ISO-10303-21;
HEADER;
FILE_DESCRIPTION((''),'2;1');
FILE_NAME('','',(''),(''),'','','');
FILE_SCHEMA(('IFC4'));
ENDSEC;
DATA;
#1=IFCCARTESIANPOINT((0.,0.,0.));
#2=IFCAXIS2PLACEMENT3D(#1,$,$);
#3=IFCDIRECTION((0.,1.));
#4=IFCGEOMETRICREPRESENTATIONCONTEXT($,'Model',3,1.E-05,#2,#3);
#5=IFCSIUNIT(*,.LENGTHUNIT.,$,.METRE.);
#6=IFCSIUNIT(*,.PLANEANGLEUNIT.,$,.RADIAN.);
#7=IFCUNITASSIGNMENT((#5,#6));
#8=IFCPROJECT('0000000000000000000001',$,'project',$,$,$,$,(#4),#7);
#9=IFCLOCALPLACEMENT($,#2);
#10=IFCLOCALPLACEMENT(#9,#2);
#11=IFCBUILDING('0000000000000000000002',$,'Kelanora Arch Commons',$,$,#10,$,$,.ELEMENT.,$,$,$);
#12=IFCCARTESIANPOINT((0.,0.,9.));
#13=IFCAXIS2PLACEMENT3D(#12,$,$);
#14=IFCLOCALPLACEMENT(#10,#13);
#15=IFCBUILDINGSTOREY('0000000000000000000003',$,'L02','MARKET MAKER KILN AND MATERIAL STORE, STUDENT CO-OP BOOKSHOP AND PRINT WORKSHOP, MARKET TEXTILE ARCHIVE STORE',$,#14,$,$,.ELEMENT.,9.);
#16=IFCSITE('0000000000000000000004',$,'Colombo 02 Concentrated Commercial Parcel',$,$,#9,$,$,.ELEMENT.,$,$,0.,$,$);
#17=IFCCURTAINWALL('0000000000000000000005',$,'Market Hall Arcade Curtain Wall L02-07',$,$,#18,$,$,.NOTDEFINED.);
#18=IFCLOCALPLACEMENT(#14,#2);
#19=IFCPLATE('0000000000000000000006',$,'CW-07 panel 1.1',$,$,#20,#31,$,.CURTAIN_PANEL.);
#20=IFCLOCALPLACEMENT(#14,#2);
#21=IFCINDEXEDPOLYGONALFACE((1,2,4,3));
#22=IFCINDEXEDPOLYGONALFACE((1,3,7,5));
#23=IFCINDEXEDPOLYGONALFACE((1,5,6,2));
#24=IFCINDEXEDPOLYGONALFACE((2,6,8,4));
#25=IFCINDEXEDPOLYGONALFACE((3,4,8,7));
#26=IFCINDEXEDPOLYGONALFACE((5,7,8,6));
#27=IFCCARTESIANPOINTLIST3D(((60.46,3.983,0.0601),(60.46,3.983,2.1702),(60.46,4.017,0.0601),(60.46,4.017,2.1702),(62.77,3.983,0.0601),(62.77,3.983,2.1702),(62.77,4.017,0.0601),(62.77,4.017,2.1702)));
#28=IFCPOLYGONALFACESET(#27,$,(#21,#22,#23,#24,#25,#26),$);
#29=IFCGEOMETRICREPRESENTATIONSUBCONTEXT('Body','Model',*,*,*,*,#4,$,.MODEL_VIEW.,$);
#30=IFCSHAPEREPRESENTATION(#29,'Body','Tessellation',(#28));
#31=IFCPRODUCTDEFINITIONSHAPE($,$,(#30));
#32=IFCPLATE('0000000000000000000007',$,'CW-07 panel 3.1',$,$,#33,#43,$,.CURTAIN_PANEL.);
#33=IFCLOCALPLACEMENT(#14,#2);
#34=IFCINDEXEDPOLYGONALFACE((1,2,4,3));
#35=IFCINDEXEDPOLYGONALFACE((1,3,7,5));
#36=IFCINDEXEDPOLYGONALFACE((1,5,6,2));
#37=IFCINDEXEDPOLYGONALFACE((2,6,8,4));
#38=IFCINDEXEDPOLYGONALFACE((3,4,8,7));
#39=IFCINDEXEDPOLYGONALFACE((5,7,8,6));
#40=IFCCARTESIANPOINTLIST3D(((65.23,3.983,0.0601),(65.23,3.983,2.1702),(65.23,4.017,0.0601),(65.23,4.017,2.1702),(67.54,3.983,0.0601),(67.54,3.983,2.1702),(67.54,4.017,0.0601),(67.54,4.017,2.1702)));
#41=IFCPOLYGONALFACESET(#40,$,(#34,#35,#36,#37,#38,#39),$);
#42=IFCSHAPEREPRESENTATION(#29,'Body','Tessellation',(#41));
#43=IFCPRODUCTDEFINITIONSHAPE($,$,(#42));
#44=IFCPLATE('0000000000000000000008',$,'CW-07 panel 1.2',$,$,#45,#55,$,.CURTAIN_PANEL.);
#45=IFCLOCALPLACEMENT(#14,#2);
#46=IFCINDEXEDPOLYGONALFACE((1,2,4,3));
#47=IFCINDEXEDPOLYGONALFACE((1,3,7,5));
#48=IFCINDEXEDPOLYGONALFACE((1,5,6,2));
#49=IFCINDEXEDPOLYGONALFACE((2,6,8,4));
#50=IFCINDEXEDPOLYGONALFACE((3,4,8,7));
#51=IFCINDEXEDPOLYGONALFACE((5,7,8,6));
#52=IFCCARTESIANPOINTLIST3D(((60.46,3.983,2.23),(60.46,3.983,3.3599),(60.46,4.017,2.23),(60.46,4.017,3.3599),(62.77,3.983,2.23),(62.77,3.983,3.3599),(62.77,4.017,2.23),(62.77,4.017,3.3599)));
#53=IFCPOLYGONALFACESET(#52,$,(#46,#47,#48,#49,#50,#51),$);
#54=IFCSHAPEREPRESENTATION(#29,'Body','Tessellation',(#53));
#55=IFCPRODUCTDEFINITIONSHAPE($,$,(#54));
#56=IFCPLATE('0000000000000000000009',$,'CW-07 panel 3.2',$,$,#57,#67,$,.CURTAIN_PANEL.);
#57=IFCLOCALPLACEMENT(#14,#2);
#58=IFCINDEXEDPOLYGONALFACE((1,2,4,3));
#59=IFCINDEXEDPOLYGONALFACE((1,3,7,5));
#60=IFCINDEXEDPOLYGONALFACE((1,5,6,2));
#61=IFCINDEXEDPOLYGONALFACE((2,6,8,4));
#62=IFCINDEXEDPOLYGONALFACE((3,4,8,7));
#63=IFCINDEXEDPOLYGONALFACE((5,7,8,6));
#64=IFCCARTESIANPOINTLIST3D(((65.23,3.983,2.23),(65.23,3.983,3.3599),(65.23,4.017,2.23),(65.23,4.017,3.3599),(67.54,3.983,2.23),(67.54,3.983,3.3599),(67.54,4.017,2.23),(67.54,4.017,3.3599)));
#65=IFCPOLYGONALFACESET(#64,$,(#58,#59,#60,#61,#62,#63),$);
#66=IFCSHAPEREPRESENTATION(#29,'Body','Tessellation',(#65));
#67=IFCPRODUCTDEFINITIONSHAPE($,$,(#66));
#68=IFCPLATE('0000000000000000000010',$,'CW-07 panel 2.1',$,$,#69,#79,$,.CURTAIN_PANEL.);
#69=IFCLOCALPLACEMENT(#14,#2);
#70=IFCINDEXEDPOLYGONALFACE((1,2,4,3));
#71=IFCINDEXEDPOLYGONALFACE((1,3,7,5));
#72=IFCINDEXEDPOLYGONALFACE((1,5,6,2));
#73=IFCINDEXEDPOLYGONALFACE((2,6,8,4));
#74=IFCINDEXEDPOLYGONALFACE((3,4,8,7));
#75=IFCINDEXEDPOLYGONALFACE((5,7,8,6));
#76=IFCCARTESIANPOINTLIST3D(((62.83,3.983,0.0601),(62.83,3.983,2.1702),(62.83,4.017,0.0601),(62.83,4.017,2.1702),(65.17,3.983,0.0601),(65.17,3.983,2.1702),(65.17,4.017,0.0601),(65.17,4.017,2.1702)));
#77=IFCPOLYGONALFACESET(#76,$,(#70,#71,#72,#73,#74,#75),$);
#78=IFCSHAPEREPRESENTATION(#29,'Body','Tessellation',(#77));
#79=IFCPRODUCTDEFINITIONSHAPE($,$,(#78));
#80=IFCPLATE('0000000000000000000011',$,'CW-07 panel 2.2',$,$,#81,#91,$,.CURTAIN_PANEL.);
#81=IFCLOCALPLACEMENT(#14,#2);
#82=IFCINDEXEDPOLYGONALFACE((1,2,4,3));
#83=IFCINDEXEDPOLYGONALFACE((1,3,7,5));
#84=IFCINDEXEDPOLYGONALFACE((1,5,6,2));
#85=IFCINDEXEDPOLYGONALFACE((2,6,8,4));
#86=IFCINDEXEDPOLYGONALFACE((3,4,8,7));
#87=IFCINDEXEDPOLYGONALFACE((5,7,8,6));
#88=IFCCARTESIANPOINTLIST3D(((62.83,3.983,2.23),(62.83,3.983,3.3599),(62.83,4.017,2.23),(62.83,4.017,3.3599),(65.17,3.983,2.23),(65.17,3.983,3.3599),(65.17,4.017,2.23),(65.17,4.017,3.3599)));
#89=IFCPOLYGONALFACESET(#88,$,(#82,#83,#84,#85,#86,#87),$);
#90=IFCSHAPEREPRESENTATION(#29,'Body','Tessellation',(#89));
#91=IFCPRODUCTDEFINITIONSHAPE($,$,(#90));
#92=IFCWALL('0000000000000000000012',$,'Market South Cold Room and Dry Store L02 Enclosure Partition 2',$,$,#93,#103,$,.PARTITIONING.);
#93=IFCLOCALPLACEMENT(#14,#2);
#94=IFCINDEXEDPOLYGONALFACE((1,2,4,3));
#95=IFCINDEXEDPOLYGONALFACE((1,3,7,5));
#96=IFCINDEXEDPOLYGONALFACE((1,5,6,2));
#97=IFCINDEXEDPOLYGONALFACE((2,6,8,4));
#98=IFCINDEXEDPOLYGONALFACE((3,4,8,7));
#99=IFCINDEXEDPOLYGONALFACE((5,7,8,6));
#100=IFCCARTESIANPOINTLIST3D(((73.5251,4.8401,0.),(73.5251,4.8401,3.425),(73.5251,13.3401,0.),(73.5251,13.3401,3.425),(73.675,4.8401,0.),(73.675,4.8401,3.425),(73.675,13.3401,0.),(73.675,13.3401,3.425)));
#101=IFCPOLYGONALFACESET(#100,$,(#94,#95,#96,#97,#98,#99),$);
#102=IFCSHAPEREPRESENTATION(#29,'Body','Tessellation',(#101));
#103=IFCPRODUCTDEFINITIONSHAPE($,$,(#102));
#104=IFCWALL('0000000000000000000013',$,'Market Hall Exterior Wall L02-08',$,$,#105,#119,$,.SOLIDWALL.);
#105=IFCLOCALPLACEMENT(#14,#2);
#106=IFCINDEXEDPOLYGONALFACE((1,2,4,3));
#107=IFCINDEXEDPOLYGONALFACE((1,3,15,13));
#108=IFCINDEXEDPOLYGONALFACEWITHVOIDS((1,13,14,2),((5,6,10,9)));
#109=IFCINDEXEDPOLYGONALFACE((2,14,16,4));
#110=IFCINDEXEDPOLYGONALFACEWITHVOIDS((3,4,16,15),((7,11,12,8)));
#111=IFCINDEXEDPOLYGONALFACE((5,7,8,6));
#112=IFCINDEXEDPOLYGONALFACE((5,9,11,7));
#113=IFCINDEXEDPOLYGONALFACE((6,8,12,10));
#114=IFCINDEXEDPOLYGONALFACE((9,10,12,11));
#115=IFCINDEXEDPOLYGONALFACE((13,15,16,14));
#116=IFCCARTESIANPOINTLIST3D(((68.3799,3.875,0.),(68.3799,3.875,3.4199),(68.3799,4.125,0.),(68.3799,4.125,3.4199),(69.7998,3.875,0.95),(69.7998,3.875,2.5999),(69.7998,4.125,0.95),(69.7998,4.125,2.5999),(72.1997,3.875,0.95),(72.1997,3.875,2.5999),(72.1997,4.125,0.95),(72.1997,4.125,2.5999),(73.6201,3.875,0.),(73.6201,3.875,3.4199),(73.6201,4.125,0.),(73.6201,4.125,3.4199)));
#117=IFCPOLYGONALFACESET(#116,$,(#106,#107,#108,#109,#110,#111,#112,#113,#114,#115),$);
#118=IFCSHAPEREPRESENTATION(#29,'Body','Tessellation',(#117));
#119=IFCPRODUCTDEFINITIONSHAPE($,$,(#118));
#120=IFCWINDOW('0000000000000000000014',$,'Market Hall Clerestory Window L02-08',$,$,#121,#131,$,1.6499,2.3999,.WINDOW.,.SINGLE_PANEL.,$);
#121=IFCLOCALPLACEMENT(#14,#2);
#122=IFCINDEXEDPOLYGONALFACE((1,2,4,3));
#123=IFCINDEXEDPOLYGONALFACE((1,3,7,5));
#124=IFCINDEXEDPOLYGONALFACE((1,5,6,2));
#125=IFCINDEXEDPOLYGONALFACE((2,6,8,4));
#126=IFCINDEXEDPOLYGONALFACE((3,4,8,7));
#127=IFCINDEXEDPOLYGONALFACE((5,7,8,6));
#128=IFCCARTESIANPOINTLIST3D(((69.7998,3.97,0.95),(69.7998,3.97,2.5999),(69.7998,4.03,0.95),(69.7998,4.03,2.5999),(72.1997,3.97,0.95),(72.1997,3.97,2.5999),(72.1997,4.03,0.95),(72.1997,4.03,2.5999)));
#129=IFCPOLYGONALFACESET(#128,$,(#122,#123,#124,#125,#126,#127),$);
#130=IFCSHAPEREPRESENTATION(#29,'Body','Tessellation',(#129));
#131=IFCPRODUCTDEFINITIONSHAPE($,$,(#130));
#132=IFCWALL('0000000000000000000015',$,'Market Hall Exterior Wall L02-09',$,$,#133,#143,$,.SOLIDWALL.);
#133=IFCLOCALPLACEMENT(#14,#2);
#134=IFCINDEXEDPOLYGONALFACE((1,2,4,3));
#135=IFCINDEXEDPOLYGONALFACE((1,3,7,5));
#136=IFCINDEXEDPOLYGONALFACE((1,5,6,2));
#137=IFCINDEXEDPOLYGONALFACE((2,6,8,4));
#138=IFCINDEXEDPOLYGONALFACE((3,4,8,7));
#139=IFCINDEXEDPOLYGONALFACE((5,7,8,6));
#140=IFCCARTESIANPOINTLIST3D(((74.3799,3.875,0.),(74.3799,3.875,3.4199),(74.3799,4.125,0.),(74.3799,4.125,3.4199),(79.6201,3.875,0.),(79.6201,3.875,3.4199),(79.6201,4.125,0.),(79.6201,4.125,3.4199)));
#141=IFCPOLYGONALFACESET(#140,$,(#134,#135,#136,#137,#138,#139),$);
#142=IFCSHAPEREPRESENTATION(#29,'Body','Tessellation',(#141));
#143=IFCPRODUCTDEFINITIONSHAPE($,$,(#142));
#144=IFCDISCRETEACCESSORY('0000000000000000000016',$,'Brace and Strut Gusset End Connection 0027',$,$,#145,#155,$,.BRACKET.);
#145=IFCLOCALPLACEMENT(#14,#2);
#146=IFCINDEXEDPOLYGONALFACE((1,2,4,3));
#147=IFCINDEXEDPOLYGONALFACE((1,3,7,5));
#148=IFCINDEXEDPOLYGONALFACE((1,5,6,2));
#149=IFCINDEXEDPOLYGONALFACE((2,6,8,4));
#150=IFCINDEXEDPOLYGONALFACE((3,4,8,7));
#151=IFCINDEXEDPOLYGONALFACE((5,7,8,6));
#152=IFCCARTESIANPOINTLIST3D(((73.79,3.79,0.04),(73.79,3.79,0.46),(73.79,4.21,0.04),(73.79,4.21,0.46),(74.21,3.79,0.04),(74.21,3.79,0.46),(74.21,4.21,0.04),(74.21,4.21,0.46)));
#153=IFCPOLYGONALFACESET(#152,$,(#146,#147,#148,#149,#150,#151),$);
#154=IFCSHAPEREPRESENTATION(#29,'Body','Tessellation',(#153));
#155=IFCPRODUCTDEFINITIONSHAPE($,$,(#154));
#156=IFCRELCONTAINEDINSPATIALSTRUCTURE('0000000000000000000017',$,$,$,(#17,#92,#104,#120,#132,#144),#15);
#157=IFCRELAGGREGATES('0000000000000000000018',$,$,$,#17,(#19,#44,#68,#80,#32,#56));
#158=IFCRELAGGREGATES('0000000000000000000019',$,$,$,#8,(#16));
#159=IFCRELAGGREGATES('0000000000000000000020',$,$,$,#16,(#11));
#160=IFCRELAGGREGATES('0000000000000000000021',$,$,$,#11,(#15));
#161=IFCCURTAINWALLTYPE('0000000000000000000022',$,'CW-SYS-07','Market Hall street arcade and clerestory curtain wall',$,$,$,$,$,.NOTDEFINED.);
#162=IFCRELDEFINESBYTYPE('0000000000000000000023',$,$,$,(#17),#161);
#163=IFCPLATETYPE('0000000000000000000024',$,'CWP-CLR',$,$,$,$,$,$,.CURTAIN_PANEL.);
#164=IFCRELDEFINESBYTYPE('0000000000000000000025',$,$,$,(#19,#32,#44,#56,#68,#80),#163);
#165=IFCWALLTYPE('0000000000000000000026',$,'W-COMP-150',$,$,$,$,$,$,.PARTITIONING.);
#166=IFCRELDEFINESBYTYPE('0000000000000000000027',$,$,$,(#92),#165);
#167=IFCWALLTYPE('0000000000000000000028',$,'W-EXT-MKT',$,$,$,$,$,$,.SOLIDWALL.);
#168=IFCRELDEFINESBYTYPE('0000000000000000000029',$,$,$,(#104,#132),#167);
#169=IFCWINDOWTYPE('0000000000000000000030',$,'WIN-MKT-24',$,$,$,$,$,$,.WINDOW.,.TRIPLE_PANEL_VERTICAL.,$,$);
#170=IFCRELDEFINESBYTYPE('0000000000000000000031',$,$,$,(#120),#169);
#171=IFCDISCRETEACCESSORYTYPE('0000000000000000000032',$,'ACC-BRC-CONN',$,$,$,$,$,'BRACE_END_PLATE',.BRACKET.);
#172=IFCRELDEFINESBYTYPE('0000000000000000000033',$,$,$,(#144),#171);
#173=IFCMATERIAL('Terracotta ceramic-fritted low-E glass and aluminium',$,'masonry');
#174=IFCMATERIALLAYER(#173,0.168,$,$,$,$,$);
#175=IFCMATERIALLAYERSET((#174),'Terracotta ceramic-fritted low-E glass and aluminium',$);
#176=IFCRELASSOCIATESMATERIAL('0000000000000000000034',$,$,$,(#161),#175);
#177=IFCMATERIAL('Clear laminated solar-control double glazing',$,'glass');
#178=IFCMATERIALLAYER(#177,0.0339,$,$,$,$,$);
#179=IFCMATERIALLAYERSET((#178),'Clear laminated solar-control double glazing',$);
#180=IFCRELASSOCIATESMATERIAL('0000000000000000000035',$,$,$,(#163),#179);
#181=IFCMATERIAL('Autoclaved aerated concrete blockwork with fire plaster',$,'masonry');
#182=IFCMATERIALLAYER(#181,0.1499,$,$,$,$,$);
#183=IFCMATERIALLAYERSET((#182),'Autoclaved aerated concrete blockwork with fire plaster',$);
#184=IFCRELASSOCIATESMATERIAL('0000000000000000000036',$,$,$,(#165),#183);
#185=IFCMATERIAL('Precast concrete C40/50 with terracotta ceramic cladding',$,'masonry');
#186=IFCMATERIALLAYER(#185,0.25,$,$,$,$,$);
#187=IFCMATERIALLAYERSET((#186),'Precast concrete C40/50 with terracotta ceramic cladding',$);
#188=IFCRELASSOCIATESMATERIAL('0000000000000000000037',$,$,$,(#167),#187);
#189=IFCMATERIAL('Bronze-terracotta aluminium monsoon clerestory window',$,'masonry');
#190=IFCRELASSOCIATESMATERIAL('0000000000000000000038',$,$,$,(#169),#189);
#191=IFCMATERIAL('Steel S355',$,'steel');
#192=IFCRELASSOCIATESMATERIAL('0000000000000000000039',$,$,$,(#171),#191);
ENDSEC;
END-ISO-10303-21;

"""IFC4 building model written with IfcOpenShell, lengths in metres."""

from ifc_helpers import new_model, si_unit, direction, frame, frame_2d, origin, origin_2d, place, context, subcontext, project, spatial, rectangle, extrude, source, transform, mapped, material, layer, layer_set, type_object, element, fill, aggregate, save


model = new_model("IFC4")

# Units and contexts
model_context = context("Model", 3, precision=1e-05, world=origin(), true_north=direction((0.0, 1.0)))
body_context = subcontext(model_context, "Body", "Model", "MODEL_VIEW")
ifc_project = project(units=[si_unit("LENGTHUNIT", "METRE"), si_unit("PLANEANGLEUNIT", "RADIAN")], contexts=[model_context])

# Site, building, storey
site_placement = place(None, origin())
site = spatial("IfcSite", under=ifc_project, at=site_placement, Name="Colombo 02 Concentrated Commercial Parcel", CompositionType="ELEMENT", RefElevation=0.0)
building_placement = place(site_placement, origin())
building = spatial("IfcBuilding", under=site, at=building_placement, Name="Kelanora Arch Commons", CompositionType="ELEMENT")
storey_placement = place(building_placement, frame((0.0, 0.0, 9.0)))
storey = spatial("IfcBuildingStorey", under=building, at=storey_placement, Name="L02", Description="MARKET MAKER KILN AND MATERIAL STORE, STUDENT CO-OP BOOKSHOP AND PRINT WORKSHOP, MARKET TEXTILE ARCHIVE STORE", CompositionType="ELEMENT", Elevation=9.0)

# Curtain wall
ifc_material_1 = material(Name="Terracotta ceramic-fritted low-E glass and aluminium", Category="masonry")
ifc_layer_1 = layer(ifc_material_1, 0.168)
ifc_layer_set_1 = layer_set([ifc_layer_1], Name="Terracotta ceramic-fritted low-E glass and aluminium")
curtain_wall_type = type_object("IfcCurtainWallType", Name="CW-SYS-07", Description="Market Hall street arcade and clerestory curtain wall", PredefinedType="NOTDEFINED", material=ifc_layer_set_1)
curtain_wall_placement = place(storey_placement, origin())
curtain_wall = element("IfcCurtainWall", 1, at=curtain_wall_placement, inside=storey, type_object=curtain_wall_type, Name="Market Hall Arcade Curtain Wall L02-07", PredefinedType="NOTDEFINED")

# Shared definitions
ifc_material_2 = material(Name="Steel S355", Category="steel")

# Plates
ifc_material_3 = material(Name="Clear laminated solar-control double glazing", Category="glass")
ifc_layer_2 = layer(ifc_material_3, 0.0339)
ifc_layer_set_2 = layer_set([ifc_layer_2], Name="Clear laminated solar-control double glazing")
plate_type = type_object("IfcPlateType", Name="CWP-CLR", PredefinedType="CURTAIN_PANEL", material=ifc_layer_set_2)
shared_shape_1 = source(origin(), body_context, "Body", "SweptSolid", [
    extrude(rectangle(XDim=2.3101, YDim=0.0339, at=origin_2d()), origin(), (0.0, 0.0, 1.0), 2.1101),
])
plate_1_placement = place(storey_placement, frame((61.615, 4.0, 0.0601), z_axis=(0.0, 0.0, 1.0), x_axis=(1.0, 0.0, 0.0)))
plate_1 = element("IfcPlate", 2, at=plate_1_placement, type_object=plate_type, Name="CW-07 panel 1.1", PredefinedType="CURTAIN_PANEL", context=body_context, shape_type="MappedRepresentation", body=[
    mapped(shared_shape_1, transform((0.0, 0.0, 0.0), scale=1.0)),
])
plate_2_placement = place(storey_placement, frame((66.385, 4.0, 0.0601), z_axis=(0.0, 0.0, 1.0), x_axis=(1.0, 0.0, 0.0)))
plate_2 = element("IfcPlate", 3, at=plate_2_placement, type_object=plate_type, Name="CW-07 panel 3.1", PredefinedType="CURTAIN_PANEL", context=body_context, shape_type="MappedRepresentation", body=[
    mapped(shared_shape_1, transform((0.0, 0.0, 0.0), scale=1.0)),
])
shared_shape_2 = source(origin(), body_context, "Body", "SweptSolid", [
    extrude(rectangle(XDim=2.3101, YDim=0.0339, at=origin_2d()), origin(), (0.0, 0.0, 1.0), 1.1299),
])
plate_3_placement = place(storey_placement, frame((61.615, 4.0, 2.23), z_axis=(0.0, 0.0, 1.0), x_axis=(1.0, 0.0, 0.0)))
plate_3 = element("IfcPlate", 4, at=plate_3_placement, type_object=plate_type, Name="CW-07 panel 1.2", PredefinedType="CURTAIN_PANEL", context=body_context, shape_type="MappedRepresentation", body=[
    mapped(shared_shape_2, transform((0.0, 0.0, 0.0), scale=1.0)),
])
plate_4_placement = place(storey_placement, frame((66.385, 4.0, 2.23), z_axis=(0.0, 0.0, 1.0), x_axis=(1.0, 0.0, 0.0)))
plate_4 = element("IfcPlate", 5, at=plate_4_placement, type_object=plate_type, Name="CW-07 panel 3.2", PredefinedType="CURTAIN_PANEL", context=body_context, shape_type="MappedRepresentation", body=[
    mapped(shared_shape_2, transform((0.0, 0.0, 0.0), scale=1.0)),
])
shared_shape_3 = source(origin(), body_context, "Body", "SweptSolid", [
    extrude(rectangle(XDim=2.3401, YDim=0.0339, at=origin_2d()), origin(), (0.0, 0.0, 1.0), 2.1101),
])
plate_5_placement = place(storey_placement, frame((64.0, 4.0, 0.0601), z_axis=(0.0, 0.0, 1.0), x_axis=(1.0, 0.0, 0.0)))
plate_5 = element("IfcPlate", 6, at=plate_5_placement, type_object=plate_type, Name="CW-07 panel 2.1", PredefinedType="CURTAIN_PANEL", context=body_context, shape_type="MappedRepresentation", body=[
    mapped(shared_shape_3, transform((0.0, 0.0, 0.0), scale=1.0)),
])
shared_shape_4 = source(origin(), body_context, "Body", "SweptSolid", [
    extrude(rectangle(XDim=2.3401, YDim=0.0339, at=origin_2d()), origin(), (0.0, 0.0, 1.0), 1.1299),
])
plate_6_placement = place(storey_placement, frame((64.0, 4.0, 2.23), z_axis=(0.0, 0.0, 1.0), x_axis=(1.0, 0.0, 0.0)))
plate_6 = element("IfcPlate", 7, at=plate_6_placement, type_object=plate_type, Name="CW-07 panel 2.2", PredefinedType="CURTAIN_PANEL", context=body_context, shape_type="MappedRepresentation", body=[
    mapped(shared_shape_4, transform((0.0, 0.0, 0.0), scale=1.0)),
])
aggregate(curtain_wall, [plate_1, plate_3, plate_5, plate_6, plate_2, plate_4])

# Wall
ifc_material_4 = material(Name="Autoclaved aerated concrete blockwork with fire plaster", Category="masonry")
ifc_layer_3 = layer(ifc_material_4, 0.1499)
ifc_layer_set_3 = layer_set([ifc_layer_3], Name="Autoclaved aerated concrete blockwork with fire plaster")
wall_type_1 = type_object("IfcWallType", Name="W-COMP-150", PredefinedType="PARTITIONING", material=ifc_layer_set_3)
wall_1_placement = place(storey_placement, frame((73.6001, 4.8401, 0.0), z_axis=(0.0, 0.0, 1.0), x_axis=(0.0, 1.0, 0.0)))
element("IfcWall", 8, at=wall_1_placement, inside=storey, type_object=wall_type_1, Name="Market South Cold Room and Dry Store L02 Enclosure Partition 2", PredefinedType="PARTITIONING", context=body_context, shape_type="SweptSolid", body=[
    extrude(rectangle(XDim=8.5, YDim=0.1499, at=frame_2d((4.25, 0.0))), origin(), (0.0, 0.0, 1.0), 3.425),
])

# Wall, opening, window
ifc_material_5 = material(Name="Precast concrete C40/50 with terracotta ceramic cladding", Category="masonry")
ifc_layer_4 = layer(ifc_material_5, 0.25)
ifc_layer_set_4 = layer_set([ifc_layer_4], Name="Precast concrete C40/50 with terracotta ceramic cladding")
wall_type_2 = type_object("IfcWallType", Name="W-EXT-MKT", PredefinedType="SOLIDWALL", material=ifc_layer_set_4)
wall_2_placement = place(storey_placement, frame((68.3799, 4.0, 0.0), z_axis=(0.0, 0.0, 1.0), x_axis=(1.0, 0.0, 0.0)))
wall_2 = element("IfcWall", 9, at=wall_2_placement, inside=storey, type_object=wall_type_2, Name="Market Hall Exterior Wall L02-08", PredefinedType="SOLIDWALL", context=body_context, shape_type="SweptSolid", body=[
    extrude(rectangle(XDim=5.2402, YDim=0.25, at=frame_2d((2.6201, 0.0))), origin(), (0.0, 0.0, 1.0), 3.4199),
])
opening_placement = place(wall_2_placement, frame((1.4199, 0.0, 0.95)))
opening = element("IfcOpeningElement", 10, at=opening_placement, cuts=wall_2, PredefinedType="OPENING", context=body_context, shape_type="SweptSolid", body=[
    extrude(rectangle(XDim=2.3999, YDim=1.6499, at=frame_2d((1.2, 0.825))), frame((0.0, 0.135, 0.0), z_axis=(0.0, -1.0, 0.0), x_axis=(1.0, 0.0, 0.0)), (0.0, 0.0, 1.0), 0.27),
])
ifc_material_6 = material(Name="Bronze-terracotta aluminium monsoon clerestory window", Category="masonry")
window_type = type_object("IfcWindowType", Name="WIN-MKT-24", PartitioningType="TRIPLE_PANEL_VERTICAL", PredefinedType="WINDOW", material=ifc_material_6)
window_placement = place(opening_placement, origin())
window = element("IfcWindow", 11, at=window_placement, inside=storey, type_object=window_type, Name="Market Hall Clerestory Window L02-08", OverallHeight=1.6499, OverallWidth=2.3999, PartitioningType="SINGLE_PANEL", PredefinedType="WINDOW", context=body_context, shape_type="SweptSolid", body=[
    extrude(rectangle(XDim=2.3999, YDim=1.6499, at=frame_2d((1.2, 0.825))), frame((0.0, 0.03, 0.0), z_axis=(0.0, -1.0, 0.0), x_axis=(1.0, 0.0, 0.0)), (0.0, 0.0, 1.0), 0.0601),
])
fill(opening, window)

# Wall
wall_3_placement = place(storey_placement, frame((74.3799, 4.0, 0.0), z_axis=(0.0, 0.0, 1.0), x_axis=(1.0, 0.0, 0.0)))
element("IfcWall", 12, at=wall_3_placement, inside=storey, type_object=wall_type_2, Name="Market Hall Exterior Wall L02-09", PredefinedType="SOLIDWALL", context=body_context, shape_type="SweptSolid", body=[
    extrude(rectangle(XDim=5.2402, YDim=0.25, at=frame_2d((2.6201, 0.0))), origin(), (0.0, 0.0, 1.0), 3.4199),
])

# Discrete accessory
discrete_accessory_type = type_object("IfcDiscreteAccessoryType", Name="ACC-BRC-CONN", ElementType="BRACE_END_PLATE", PredefinedType="BRACKET", material=ifc_material_2)
shared_shape_5 = source(origin(), body_context, "Body", "SweptSolid", [
    extrude(rectangle(XDim=0.4199, YDim=0.4199, at=origin_2d()), origin(), (0.0, 0.0, 1.0), 0.4199),
])
discrete_accessory_placement = place(storey_placement, frame((74.0, 4.0, 0.04), z_axis=(0.0, 0.0, 1.0), x_axis=(1.0, 0.0, 0.0)))
element("IfcDiscreteAccessory", 13, at=discrete_accessory_placement, inside=storey, type_object=discrete_accessory_type, Name="Brace and Strut Gusset End Connection 0027", PredefinedType="BRACKET", context=body_context, shape_type="MappedRepresentation", body=[
    mapped(shared_shape_5, transform((0.0, 0.0, 0.0), scale=1.0)),
])

save(model, "model.ifc")
